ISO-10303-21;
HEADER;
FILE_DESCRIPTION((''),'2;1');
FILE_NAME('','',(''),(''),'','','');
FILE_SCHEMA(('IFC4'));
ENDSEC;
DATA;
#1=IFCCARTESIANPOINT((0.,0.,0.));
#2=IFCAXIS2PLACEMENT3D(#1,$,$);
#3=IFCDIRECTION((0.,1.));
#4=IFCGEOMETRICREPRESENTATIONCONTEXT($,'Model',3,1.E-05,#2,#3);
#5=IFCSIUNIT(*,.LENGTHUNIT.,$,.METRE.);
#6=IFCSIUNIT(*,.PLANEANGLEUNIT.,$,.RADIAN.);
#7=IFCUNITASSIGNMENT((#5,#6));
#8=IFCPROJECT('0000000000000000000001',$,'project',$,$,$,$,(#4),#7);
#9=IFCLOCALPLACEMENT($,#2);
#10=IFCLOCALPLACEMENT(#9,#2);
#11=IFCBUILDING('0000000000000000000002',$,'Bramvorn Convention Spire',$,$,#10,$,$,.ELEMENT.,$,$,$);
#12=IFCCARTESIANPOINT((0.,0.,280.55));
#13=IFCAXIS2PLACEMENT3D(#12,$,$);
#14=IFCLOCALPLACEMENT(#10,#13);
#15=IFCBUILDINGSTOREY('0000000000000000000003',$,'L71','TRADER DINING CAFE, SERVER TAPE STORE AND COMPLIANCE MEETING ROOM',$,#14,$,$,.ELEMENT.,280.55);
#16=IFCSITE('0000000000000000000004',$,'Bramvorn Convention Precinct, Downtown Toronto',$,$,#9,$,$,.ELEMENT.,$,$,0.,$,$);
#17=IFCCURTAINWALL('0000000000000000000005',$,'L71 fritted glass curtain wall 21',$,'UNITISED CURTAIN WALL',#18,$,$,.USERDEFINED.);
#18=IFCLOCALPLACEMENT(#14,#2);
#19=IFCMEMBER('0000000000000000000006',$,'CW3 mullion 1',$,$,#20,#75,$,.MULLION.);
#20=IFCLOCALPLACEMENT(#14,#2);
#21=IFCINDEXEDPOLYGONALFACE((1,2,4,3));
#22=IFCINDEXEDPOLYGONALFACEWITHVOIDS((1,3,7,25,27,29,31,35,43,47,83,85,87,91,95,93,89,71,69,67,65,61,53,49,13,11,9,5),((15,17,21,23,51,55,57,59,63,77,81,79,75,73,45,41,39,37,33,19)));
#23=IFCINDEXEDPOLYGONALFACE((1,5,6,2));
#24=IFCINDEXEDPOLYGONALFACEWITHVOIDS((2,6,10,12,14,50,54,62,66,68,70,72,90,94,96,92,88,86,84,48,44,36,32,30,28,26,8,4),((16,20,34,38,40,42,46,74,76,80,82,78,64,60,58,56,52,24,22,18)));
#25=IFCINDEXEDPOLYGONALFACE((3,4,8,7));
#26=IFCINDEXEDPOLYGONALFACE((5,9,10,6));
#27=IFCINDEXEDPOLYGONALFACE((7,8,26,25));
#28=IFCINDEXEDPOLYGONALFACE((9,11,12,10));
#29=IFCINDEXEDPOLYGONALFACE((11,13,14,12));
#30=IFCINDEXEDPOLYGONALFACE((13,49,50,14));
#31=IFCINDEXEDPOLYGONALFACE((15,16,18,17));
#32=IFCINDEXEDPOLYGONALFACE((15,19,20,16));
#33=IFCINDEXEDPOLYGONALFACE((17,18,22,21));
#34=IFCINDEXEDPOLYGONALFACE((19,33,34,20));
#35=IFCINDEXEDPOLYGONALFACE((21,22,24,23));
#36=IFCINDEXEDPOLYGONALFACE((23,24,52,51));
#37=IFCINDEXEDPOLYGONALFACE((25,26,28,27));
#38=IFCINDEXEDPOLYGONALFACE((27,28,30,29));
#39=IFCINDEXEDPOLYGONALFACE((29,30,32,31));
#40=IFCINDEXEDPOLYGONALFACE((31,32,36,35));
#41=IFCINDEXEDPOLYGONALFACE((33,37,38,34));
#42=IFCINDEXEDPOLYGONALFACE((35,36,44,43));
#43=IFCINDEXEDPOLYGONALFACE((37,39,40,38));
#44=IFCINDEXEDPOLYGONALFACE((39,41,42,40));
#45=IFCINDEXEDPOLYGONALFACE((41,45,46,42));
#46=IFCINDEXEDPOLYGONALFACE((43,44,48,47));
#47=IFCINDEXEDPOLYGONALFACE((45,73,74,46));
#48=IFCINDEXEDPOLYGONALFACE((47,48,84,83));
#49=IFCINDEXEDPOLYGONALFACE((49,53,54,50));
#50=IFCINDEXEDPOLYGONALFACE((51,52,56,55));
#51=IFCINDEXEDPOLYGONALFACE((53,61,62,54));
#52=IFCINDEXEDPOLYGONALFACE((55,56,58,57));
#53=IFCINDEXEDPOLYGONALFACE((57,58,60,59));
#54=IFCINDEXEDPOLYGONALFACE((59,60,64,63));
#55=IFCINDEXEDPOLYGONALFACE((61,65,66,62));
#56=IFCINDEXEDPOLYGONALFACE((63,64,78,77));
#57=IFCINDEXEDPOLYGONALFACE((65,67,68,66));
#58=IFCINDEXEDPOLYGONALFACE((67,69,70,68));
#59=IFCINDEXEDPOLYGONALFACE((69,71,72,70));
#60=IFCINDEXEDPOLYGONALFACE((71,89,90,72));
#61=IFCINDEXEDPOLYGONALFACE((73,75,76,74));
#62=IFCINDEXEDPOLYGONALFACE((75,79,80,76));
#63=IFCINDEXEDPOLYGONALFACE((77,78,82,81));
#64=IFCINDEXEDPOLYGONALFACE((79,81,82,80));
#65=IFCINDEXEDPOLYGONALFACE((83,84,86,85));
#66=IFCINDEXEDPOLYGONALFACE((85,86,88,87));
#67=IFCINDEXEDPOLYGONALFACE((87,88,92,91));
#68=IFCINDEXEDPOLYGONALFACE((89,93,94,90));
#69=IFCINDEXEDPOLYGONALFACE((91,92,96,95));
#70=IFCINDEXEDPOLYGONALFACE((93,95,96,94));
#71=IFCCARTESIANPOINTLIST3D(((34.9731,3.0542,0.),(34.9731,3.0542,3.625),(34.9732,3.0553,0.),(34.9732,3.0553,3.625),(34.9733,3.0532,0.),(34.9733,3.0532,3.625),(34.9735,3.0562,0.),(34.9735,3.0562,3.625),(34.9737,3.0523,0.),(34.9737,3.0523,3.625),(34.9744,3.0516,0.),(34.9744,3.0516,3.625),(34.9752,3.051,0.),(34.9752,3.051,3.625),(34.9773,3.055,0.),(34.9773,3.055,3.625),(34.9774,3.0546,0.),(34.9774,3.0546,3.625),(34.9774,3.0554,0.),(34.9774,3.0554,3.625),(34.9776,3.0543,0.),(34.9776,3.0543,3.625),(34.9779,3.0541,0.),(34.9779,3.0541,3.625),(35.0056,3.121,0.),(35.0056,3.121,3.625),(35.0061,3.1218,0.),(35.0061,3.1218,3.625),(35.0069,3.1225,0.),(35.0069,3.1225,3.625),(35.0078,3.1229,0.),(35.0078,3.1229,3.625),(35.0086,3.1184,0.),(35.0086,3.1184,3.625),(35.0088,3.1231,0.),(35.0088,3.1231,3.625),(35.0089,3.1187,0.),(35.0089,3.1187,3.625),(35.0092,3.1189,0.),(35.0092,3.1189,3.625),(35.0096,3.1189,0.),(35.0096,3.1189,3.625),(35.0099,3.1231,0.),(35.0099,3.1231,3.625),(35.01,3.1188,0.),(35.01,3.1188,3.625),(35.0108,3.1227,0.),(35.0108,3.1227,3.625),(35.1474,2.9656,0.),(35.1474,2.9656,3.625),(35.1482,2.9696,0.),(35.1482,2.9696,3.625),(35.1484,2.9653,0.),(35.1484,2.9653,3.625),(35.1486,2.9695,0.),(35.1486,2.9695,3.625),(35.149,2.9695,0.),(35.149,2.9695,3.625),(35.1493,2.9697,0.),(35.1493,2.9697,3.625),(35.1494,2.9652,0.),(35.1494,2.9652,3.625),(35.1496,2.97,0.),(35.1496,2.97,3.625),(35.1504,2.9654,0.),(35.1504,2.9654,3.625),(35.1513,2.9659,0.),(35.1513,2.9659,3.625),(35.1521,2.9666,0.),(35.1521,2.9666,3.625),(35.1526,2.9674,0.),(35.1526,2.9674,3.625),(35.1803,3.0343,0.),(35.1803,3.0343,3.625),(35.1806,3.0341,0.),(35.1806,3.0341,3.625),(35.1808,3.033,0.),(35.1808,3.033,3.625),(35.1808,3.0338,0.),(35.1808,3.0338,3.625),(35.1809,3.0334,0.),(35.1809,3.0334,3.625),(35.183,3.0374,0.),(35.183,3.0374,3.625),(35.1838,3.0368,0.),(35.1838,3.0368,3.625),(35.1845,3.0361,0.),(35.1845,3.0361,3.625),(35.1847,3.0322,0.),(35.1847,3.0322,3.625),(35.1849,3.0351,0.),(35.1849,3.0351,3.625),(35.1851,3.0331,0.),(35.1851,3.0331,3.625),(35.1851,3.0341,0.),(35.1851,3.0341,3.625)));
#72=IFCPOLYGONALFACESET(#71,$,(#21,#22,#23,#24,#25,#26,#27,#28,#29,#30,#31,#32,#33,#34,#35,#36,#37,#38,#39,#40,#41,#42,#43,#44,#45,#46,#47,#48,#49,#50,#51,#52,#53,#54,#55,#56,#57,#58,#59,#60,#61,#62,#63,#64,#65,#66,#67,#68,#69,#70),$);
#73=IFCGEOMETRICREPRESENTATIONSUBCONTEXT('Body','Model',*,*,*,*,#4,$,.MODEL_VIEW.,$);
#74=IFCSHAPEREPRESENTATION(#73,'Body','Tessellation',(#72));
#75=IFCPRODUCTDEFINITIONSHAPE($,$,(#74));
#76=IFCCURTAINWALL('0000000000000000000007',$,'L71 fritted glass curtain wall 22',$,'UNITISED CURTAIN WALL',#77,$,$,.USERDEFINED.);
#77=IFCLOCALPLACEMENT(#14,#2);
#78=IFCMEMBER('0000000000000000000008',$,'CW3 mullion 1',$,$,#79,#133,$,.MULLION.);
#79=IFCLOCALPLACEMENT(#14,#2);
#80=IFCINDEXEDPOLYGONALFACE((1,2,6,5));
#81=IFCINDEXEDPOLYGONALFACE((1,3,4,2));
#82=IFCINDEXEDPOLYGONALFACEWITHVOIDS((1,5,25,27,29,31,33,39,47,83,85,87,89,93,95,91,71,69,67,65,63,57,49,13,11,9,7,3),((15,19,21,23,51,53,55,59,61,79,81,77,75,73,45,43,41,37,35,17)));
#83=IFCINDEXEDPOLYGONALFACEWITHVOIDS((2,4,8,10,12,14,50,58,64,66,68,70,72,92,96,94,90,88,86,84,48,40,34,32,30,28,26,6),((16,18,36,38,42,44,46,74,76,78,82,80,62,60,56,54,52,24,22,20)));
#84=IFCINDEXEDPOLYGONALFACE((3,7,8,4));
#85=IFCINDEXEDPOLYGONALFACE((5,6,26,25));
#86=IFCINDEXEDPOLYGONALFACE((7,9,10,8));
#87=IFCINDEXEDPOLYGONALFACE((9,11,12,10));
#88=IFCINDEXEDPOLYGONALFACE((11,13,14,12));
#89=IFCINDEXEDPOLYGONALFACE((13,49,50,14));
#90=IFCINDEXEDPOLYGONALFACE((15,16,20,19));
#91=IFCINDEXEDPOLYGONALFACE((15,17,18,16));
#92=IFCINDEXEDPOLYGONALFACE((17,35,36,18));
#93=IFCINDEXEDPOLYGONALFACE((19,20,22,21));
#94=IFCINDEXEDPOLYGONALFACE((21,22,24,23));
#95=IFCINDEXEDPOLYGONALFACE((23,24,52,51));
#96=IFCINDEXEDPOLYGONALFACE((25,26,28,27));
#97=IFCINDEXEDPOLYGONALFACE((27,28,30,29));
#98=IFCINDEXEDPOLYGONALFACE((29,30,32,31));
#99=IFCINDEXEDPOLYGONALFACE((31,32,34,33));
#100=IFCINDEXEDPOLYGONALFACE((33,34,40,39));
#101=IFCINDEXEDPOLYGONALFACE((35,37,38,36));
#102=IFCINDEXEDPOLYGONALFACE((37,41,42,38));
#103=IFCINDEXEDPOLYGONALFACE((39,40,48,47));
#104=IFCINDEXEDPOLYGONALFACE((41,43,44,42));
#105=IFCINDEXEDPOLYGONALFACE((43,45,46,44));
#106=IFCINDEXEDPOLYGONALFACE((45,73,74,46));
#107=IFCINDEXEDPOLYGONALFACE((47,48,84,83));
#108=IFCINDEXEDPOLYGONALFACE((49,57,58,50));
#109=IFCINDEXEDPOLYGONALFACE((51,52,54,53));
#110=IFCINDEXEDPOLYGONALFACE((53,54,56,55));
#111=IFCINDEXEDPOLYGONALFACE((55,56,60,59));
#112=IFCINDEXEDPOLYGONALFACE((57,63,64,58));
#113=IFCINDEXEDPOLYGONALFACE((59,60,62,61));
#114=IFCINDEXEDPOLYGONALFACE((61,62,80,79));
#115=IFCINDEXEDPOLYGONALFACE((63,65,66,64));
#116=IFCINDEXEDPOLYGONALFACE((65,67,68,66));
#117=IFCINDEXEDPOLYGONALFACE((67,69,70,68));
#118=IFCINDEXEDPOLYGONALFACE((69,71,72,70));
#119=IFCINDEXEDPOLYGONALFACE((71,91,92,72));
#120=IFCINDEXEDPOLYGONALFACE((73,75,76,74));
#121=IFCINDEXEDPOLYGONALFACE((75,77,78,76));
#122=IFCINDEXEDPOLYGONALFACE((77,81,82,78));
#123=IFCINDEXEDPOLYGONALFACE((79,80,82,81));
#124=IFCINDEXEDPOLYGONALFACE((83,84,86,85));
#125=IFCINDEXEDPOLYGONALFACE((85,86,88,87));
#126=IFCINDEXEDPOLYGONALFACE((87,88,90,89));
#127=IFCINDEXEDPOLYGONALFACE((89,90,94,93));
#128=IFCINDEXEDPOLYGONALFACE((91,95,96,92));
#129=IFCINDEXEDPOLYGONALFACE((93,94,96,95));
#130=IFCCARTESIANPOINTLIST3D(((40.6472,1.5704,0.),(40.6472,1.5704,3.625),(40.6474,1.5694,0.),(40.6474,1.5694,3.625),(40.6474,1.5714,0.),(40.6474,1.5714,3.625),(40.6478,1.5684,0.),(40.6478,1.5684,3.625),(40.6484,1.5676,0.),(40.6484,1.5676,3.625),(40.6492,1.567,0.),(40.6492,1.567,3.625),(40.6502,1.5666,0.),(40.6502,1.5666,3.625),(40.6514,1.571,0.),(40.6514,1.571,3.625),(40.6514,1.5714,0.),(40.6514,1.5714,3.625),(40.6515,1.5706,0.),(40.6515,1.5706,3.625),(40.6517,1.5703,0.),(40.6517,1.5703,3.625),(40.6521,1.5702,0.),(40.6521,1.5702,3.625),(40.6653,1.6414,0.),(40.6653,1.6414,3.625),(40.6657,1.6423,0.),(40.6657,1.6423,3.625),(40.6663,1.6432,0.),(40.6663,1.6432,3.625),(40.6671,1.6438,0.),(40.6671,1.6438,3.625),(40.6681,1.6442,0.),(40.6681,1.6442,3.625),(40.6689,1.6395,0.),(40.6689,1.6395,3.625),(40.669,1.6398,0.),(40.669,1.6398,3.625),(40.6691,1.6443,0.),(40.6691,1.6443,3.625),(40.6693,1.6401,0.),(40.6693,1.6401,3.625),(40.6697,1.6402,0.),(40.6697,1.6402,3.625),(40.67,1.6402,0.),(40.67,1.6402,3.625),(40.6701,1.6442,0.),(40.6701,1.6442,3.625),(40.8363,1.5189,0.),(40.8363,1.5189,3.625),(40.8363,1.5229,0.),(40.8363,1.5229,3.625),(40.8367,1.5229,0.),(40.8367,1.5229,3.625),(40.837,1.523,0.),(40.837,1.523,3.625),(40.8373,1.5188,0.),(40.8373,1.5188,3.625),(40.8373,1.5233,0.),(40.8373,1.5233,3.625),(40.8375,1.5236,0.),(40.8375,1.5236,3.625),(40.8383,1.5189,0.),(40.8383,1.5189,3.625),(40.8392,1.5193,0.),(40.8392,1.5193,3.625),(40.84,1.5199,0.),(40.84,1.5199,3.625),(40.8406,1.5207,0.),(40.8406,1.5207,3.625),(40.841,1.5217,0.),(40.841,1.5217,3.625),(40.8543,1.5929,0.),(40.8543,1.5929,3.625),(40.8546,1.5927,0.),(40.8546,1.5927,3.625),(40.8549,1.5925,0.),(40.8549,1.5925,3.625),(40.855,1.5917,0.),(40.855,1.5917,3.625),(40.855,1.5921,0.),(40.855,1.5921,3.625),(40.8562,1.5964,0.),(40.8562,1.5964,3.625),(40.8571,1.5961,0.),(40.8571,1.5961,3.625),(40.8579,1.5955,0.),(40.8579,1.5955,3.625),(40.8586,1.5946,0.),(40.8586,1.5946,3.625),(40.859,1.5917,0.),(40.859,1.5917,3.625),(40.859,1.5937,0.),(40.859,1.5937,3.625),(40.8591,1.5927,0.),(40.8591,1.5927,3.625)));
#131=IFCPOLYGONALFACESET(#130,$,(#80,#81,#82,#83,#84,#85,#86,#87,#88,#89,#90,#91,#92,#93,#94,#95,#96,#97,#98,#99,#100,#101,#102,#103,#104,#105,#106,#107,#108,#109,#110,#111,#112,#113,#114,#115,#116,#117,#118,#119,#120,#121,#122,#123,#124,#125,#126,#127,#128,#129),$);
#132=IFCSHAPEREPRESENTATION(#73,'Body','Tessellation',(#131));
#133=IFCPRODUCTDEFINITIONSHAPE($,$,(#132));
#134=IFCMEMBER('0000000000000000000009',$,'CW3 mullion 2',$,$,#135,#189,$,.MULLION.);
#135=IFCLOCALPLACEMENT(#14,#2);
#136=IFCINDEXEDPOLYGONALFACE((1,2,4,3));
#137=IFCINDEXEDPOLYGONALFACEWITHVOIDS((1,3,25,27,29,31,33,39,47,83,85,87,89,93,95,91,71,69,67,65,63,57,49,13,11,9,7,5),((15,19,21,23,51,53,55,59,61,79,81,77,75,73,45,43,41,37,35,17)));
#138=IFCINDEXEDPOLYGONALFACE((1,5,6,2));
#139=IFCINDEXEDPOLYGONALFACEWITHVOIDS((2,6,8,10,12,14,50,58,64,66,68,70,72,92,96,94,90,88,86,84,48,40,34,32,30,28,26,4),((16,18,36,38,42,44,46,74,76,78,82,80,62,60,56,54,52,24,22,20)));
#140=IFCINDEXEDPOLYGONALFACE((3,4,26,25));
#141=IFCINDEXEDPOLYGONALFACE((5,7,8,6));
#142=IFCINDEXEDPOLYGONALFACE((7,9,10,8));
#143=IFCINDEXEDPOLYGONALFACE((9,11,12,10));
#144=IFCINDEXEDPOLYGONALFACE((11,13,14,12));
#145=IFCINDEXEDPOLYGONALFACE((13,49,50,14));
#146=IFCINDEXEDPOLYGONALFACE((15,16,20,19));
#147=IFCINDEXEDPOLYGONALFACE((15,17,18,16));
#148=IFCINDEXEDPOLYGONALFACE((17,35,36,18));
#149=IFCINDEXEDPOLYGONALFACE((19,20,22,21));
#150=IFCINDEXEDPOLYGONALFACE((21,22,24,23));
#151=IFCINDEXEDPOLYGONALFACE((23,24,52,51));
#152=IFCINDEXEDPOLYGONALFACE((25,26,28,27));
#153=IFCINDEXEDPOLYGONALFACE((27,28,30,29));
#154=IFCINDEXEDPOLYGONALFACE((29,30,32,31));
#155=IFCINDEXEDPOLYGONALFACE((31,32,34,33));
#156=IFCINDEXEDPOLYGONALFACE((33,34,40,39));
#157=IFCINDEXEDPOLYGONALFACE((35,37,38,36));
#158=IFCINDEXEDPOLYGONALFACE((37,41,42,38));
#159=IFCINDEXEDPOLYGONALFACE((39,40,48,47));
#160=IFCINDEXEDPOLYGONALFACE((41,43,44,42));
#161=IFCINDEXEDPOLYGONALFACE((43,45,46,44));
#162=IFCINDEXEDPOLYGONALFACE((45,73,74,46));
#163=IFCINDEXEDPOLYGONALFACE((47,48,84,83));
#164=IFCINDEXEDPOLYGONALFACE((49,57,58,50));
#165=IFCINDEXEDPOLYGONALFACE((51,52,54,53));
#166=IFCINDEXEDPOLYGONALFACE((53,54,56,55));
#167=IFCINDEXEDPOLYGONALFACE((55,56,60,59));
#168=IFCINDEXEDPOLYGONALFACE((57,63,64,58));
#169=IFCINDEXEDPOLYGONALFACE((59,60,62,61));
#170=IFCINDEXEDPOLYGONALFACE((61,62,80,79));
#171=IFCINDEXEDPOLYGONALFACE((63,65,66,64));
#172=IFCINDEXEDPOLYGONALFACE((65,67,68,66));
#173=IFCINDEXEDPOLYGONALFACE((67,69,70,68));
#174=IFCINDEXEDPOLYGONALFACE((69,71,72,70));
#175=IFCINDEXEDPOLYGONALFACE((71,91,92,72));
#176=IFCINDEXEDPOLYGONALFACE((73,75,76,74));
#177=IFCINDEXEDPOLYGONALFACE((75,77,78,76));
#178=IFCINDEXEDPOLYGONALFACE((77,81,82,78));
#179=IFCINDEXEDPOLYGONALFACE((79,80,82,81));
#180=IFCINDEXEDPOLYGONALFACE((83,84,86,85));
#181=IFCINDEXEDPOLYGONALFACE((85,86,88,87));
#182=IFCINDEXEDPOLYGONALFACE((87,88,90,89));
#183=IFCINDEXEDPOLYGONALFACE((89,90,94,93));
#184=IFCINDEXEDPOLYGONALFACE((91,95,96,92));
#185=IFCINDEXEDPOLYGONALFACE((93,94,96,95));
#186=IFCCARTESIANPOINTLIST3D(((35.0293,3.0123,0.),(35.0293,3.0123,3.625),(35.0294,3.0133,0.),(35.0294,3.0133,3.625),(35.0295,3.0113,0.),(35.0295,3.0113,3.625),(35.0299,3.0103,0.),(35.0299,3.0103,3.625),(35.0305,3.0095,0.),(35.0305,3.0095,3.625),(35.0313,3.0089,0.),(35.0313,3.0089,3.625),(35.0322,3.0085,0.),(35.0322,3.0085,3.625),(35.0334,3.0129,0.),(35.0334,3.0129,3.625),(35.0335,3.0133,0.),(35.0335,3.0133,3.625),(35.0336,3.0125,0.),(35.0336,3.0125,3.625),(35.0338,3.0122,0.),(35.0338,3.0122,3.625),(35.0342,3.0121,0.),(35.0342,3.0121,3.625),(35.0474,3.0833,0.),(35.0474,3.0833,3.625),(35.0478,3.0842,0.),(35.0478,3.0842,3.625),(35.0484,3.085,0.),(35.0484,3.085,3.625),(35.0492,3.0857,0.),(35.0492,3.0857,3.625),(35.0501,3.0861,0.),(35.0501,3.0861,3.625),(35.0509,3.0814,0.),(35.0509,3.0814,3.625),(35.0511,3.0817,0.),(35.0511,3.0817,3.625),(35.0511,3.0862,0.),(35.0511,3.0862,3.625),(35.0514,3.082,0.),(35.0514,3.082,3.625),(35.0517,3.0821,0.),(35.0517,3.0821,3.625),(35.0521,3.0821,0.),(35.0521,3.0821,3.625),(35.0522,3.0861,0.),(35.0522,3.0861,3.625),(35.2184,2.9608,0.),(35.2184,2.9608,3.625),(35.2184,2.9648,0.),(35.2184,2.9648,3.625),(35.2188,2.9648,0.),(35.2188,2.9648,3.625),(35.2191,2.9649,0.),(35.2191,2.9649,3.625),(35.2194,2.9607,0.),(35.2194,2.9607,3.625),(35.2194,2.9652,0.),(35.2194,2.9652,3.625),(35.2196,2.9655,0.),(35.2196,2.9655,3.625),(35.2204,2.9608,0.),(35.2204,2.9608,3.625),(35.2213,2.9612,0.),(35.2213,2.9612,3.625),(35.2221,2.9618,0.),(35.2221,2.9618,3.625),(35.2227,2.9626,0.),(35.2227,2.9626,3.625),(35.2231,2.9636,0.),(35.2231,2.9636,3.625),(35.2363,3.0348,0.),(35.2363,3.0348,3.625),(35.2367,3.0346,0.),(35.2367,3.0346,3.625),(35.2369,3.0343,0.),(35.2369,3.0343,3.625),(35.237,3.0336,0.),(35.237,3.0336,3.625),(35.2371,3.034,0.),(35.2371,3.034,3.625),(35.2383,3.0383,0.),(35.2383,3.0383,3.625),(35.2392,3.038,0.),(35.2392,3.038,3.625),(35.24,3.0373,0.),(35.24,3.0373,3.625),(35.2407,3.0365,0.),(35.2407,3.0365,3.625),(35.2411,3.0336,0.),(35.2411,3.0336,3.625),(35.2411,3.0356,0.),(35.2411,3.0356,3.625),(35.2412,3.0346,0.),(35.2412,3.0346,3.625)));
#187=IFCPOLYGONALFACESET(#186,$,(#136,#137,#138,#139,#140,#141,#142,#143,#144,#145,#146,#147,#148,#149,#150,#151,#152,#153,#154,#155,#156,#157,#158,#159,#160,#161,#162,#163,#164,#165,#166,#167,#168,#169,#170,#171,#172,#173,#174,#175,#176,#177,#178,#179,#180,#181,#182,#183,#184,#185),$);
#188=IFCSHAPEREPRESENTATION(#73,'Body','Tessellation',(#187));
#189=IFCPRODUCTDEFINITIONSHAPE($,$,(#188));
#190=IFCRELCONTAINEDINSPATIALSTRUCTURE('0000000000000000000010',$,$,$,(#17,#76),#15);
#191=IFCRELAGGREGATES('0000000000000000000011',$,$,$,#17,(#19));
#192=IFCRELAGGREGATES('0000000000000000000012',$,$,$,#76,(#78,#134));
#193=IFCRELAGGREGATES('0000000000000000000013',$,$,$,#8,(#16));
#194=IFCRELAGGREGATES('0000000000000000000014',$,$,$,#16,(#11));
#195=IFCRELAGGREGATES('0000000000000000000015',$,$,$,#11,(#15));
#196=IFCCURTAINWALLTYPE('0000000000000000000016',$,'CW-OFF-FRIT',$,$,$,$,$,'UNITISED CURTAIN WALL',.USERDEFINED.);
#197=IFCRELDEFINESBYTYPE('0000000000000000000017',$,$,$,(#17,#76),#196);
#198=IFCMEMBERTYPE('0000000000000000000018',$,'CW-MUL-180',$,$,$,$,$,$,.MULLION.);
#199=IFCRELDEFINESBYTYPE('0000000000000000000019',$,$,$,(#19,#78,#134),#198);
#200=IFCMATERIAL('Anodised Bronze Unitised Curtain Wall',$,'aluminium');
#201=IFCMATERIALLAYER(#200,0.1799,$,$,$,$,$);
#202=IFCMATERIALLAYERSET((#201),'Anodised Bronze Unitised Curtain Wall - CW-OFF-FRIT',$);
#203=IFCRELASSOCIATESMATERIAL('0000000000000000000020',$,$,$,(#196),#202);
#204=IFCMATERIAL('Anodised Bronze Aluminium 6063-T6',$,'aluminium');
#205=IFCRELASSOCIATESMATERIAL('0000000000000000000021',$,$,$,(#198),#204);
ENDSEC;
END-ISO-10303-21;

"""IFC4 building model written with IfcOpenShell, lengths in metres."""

from ifc_helpers import new_model, si_unit, direction, frame, origin, origin_2d, place, context, subcontext, project, spatial, hollow_rectangle, extrude, material, layer, layer_set, material_profile, profile_set, type_object, element, aggregate, save


model = new_model("IFC4")

# Units and contexts
model_context = context("Model", 3, precision=1e-05, world=origin(), true_north=direction((0.0, 1.0)))
body_context = subcontext(model_context, "Body", "Model", "MODEL_VIEW")
ifc_project = project(units=[si_unit("LENGTHUNIT", "METRE"), si_unit("PLANEANGLEUNIT", "RADIAN")], contexts=[model_context])

# Site, building, storey
site_placement = place(None, origin())
site = spatial("IfcSite", under=ifc_project, at=site_placement, Name="Bramvorn Convention Precinct, Downtown Toronto", CompositionType="ELEMENT", RefElevation=0.0)
building_placement = place(site_placement, origin())
building = spatial("IfcBuilding", under=site, at=building_placement, Name="Bramvorn Convention Spire", CompositionType="ELEMENT")
storey_placement = place(building_placement, frame((0.0, 0.0, 280.55)))
storey = spatial("IfcBuildingStorey", under=building, at=storey_placement, Name="L71", Description="TRADER DINING CAFE, SERVER TAPE STORE AND COMPLIANCE MEETING ROOM", CompositionType="ELEMENT", Elevation=280.55)

# Curtain wall, member
ifc_material_1 = material(Name="Anodised Bronze Unitised Curtain Wall", Category="aluminium")
ifc_layer_1 = layer(ifc_material_1, 0.1799)
ifc_layer_set_1 = layer_set([ifc_layer_1], Name="Anodised Bronze Unitised Curtain Wall - CW-OFF-FRIT")
curtain_wall_type = type_object("IfcCurtainWallType", Name="CW-OFF-FRIT", ElementType="UNITISED CURTAIN WALL", PredefinedType="USERDEFINED", material=ifc_layer_set_1)
curtain_wall_1_placement = place(storey_placement, origin())
curtain_wall_1 = element("IfcCurtainWall", 1, at=curtain_wall_1_placement, inside=storey, type_object=curtain_wall_type, Name="L71 fritted glass curtain wall 21", ObjectType="UNITISED CURTAIN WALL", PredefinedType="USERDEFINED")
ifc_material_2 = material(Name="Anodised Bronze Aluminium 6063-T6", Category="aluminium")
ifc_material_profile_1 = material_profile(ifc_material_2, hollow_rectangle(XDim=0.0801, YDim=0.2, WallThickness=0.0039, InnerFilletRadius=0.001, OuterFilletRadius=0.0039, at=origin_2d()))
ifc_profile_set_1 = profile_set([ifc_material_profile_1], Name="Anodised Bronze Aluminium 6063-T6 - CWM80X200")
member_type_1 = type_object("IfcMemberType", Name="CW-MUL-180", PredefinedType="MULLION", material=ifc_profile_set_1)
member_1_placement = place(storey_placement, frame((35.0791, 3.0442, 0.0), z_axis=(0.0, 0.0, 1.0), x_axis=(-0.444191, -0.895932, 0.0)))
member_1 = element("IfcMember", 2, at=member_1_placement, type_object=member_type_1, Name="CW3 mullion 1", PredefinedType="MULLION", context=body_context, shape_type="SweptSolid", body=[
    extrude(hollow_rectangle(XDim=0.0801, YDim=0.2, WallThickness=0.0039, InnerFilletRadius=0.001, OuterFilletRadius=0.0039, at=origin_2d()), origin(), (0.0, 0.0, 1.0), 3.625),
])

# Curtain wall, members
curtain_wall_2_placement = place(storey_placement, origin())
curtain_wall_2 = element("IfcCurtainWall", 3, at=curtain_wall_2_placement, inside=storey, type_object=curtain_wall_type, Name="L71 fritted glass curtain wall 22", ObjectType="UNITISED CURTAIN WALL", PredefinedType="USERDEFINED")
member_2_placement = place(storey_placement, frame((40.7532, 1.5815, 0.0), z_axis=(0.0, 0.0, 1.0), x_axis=(-0.248582, -0.968611, 0.0)))
member_2 = element("IfcMember", 4, at=member_2_placement, type_object=member_type_1, Name="CW3 mullion 1", PredefinedType="MULLION", context=body_context, shape_type="SweptSolid", body=[
    extrude(hollow_rectangle(XDim=0.0801, YDim=0.2, WallThickness=0.0039, InnerFilletRadius=0.001, OuterFilletRadius=0.0039, at=origin_2d()), origin(), (0.0, 0.0, 1.0), 3.625),
])
member_3_placement = place(storey_placement, frame((35.1353, 3.0234, 0.0), z_axis=(0.0, 0.0, 1.0), x_axis=(-0.248582, -0.968611, 0.0)))
member_3 = element("IfcMember", 5, at=member_3_placement, type_object=member_type_1, Name="CW3 mullion 2", PredefinedType="MULLION", context=body_context, shape_type="SweptSolid", body=[
    extrude(hollow_rectangle(XDim=0.0801, YDim=0.2, WallThickness=0.0039, InnerFilletRadius=0.001, OuterFilletRadius=0.0039, at=origin_2d()), origin(), (0.0, 0.0, 1.0), 3.625),
])

aggregate(curtain_wall_1, [member_1])

aggregate(curtain_wall_2, [member_2, member_3])

save(model, "model.ifc")
